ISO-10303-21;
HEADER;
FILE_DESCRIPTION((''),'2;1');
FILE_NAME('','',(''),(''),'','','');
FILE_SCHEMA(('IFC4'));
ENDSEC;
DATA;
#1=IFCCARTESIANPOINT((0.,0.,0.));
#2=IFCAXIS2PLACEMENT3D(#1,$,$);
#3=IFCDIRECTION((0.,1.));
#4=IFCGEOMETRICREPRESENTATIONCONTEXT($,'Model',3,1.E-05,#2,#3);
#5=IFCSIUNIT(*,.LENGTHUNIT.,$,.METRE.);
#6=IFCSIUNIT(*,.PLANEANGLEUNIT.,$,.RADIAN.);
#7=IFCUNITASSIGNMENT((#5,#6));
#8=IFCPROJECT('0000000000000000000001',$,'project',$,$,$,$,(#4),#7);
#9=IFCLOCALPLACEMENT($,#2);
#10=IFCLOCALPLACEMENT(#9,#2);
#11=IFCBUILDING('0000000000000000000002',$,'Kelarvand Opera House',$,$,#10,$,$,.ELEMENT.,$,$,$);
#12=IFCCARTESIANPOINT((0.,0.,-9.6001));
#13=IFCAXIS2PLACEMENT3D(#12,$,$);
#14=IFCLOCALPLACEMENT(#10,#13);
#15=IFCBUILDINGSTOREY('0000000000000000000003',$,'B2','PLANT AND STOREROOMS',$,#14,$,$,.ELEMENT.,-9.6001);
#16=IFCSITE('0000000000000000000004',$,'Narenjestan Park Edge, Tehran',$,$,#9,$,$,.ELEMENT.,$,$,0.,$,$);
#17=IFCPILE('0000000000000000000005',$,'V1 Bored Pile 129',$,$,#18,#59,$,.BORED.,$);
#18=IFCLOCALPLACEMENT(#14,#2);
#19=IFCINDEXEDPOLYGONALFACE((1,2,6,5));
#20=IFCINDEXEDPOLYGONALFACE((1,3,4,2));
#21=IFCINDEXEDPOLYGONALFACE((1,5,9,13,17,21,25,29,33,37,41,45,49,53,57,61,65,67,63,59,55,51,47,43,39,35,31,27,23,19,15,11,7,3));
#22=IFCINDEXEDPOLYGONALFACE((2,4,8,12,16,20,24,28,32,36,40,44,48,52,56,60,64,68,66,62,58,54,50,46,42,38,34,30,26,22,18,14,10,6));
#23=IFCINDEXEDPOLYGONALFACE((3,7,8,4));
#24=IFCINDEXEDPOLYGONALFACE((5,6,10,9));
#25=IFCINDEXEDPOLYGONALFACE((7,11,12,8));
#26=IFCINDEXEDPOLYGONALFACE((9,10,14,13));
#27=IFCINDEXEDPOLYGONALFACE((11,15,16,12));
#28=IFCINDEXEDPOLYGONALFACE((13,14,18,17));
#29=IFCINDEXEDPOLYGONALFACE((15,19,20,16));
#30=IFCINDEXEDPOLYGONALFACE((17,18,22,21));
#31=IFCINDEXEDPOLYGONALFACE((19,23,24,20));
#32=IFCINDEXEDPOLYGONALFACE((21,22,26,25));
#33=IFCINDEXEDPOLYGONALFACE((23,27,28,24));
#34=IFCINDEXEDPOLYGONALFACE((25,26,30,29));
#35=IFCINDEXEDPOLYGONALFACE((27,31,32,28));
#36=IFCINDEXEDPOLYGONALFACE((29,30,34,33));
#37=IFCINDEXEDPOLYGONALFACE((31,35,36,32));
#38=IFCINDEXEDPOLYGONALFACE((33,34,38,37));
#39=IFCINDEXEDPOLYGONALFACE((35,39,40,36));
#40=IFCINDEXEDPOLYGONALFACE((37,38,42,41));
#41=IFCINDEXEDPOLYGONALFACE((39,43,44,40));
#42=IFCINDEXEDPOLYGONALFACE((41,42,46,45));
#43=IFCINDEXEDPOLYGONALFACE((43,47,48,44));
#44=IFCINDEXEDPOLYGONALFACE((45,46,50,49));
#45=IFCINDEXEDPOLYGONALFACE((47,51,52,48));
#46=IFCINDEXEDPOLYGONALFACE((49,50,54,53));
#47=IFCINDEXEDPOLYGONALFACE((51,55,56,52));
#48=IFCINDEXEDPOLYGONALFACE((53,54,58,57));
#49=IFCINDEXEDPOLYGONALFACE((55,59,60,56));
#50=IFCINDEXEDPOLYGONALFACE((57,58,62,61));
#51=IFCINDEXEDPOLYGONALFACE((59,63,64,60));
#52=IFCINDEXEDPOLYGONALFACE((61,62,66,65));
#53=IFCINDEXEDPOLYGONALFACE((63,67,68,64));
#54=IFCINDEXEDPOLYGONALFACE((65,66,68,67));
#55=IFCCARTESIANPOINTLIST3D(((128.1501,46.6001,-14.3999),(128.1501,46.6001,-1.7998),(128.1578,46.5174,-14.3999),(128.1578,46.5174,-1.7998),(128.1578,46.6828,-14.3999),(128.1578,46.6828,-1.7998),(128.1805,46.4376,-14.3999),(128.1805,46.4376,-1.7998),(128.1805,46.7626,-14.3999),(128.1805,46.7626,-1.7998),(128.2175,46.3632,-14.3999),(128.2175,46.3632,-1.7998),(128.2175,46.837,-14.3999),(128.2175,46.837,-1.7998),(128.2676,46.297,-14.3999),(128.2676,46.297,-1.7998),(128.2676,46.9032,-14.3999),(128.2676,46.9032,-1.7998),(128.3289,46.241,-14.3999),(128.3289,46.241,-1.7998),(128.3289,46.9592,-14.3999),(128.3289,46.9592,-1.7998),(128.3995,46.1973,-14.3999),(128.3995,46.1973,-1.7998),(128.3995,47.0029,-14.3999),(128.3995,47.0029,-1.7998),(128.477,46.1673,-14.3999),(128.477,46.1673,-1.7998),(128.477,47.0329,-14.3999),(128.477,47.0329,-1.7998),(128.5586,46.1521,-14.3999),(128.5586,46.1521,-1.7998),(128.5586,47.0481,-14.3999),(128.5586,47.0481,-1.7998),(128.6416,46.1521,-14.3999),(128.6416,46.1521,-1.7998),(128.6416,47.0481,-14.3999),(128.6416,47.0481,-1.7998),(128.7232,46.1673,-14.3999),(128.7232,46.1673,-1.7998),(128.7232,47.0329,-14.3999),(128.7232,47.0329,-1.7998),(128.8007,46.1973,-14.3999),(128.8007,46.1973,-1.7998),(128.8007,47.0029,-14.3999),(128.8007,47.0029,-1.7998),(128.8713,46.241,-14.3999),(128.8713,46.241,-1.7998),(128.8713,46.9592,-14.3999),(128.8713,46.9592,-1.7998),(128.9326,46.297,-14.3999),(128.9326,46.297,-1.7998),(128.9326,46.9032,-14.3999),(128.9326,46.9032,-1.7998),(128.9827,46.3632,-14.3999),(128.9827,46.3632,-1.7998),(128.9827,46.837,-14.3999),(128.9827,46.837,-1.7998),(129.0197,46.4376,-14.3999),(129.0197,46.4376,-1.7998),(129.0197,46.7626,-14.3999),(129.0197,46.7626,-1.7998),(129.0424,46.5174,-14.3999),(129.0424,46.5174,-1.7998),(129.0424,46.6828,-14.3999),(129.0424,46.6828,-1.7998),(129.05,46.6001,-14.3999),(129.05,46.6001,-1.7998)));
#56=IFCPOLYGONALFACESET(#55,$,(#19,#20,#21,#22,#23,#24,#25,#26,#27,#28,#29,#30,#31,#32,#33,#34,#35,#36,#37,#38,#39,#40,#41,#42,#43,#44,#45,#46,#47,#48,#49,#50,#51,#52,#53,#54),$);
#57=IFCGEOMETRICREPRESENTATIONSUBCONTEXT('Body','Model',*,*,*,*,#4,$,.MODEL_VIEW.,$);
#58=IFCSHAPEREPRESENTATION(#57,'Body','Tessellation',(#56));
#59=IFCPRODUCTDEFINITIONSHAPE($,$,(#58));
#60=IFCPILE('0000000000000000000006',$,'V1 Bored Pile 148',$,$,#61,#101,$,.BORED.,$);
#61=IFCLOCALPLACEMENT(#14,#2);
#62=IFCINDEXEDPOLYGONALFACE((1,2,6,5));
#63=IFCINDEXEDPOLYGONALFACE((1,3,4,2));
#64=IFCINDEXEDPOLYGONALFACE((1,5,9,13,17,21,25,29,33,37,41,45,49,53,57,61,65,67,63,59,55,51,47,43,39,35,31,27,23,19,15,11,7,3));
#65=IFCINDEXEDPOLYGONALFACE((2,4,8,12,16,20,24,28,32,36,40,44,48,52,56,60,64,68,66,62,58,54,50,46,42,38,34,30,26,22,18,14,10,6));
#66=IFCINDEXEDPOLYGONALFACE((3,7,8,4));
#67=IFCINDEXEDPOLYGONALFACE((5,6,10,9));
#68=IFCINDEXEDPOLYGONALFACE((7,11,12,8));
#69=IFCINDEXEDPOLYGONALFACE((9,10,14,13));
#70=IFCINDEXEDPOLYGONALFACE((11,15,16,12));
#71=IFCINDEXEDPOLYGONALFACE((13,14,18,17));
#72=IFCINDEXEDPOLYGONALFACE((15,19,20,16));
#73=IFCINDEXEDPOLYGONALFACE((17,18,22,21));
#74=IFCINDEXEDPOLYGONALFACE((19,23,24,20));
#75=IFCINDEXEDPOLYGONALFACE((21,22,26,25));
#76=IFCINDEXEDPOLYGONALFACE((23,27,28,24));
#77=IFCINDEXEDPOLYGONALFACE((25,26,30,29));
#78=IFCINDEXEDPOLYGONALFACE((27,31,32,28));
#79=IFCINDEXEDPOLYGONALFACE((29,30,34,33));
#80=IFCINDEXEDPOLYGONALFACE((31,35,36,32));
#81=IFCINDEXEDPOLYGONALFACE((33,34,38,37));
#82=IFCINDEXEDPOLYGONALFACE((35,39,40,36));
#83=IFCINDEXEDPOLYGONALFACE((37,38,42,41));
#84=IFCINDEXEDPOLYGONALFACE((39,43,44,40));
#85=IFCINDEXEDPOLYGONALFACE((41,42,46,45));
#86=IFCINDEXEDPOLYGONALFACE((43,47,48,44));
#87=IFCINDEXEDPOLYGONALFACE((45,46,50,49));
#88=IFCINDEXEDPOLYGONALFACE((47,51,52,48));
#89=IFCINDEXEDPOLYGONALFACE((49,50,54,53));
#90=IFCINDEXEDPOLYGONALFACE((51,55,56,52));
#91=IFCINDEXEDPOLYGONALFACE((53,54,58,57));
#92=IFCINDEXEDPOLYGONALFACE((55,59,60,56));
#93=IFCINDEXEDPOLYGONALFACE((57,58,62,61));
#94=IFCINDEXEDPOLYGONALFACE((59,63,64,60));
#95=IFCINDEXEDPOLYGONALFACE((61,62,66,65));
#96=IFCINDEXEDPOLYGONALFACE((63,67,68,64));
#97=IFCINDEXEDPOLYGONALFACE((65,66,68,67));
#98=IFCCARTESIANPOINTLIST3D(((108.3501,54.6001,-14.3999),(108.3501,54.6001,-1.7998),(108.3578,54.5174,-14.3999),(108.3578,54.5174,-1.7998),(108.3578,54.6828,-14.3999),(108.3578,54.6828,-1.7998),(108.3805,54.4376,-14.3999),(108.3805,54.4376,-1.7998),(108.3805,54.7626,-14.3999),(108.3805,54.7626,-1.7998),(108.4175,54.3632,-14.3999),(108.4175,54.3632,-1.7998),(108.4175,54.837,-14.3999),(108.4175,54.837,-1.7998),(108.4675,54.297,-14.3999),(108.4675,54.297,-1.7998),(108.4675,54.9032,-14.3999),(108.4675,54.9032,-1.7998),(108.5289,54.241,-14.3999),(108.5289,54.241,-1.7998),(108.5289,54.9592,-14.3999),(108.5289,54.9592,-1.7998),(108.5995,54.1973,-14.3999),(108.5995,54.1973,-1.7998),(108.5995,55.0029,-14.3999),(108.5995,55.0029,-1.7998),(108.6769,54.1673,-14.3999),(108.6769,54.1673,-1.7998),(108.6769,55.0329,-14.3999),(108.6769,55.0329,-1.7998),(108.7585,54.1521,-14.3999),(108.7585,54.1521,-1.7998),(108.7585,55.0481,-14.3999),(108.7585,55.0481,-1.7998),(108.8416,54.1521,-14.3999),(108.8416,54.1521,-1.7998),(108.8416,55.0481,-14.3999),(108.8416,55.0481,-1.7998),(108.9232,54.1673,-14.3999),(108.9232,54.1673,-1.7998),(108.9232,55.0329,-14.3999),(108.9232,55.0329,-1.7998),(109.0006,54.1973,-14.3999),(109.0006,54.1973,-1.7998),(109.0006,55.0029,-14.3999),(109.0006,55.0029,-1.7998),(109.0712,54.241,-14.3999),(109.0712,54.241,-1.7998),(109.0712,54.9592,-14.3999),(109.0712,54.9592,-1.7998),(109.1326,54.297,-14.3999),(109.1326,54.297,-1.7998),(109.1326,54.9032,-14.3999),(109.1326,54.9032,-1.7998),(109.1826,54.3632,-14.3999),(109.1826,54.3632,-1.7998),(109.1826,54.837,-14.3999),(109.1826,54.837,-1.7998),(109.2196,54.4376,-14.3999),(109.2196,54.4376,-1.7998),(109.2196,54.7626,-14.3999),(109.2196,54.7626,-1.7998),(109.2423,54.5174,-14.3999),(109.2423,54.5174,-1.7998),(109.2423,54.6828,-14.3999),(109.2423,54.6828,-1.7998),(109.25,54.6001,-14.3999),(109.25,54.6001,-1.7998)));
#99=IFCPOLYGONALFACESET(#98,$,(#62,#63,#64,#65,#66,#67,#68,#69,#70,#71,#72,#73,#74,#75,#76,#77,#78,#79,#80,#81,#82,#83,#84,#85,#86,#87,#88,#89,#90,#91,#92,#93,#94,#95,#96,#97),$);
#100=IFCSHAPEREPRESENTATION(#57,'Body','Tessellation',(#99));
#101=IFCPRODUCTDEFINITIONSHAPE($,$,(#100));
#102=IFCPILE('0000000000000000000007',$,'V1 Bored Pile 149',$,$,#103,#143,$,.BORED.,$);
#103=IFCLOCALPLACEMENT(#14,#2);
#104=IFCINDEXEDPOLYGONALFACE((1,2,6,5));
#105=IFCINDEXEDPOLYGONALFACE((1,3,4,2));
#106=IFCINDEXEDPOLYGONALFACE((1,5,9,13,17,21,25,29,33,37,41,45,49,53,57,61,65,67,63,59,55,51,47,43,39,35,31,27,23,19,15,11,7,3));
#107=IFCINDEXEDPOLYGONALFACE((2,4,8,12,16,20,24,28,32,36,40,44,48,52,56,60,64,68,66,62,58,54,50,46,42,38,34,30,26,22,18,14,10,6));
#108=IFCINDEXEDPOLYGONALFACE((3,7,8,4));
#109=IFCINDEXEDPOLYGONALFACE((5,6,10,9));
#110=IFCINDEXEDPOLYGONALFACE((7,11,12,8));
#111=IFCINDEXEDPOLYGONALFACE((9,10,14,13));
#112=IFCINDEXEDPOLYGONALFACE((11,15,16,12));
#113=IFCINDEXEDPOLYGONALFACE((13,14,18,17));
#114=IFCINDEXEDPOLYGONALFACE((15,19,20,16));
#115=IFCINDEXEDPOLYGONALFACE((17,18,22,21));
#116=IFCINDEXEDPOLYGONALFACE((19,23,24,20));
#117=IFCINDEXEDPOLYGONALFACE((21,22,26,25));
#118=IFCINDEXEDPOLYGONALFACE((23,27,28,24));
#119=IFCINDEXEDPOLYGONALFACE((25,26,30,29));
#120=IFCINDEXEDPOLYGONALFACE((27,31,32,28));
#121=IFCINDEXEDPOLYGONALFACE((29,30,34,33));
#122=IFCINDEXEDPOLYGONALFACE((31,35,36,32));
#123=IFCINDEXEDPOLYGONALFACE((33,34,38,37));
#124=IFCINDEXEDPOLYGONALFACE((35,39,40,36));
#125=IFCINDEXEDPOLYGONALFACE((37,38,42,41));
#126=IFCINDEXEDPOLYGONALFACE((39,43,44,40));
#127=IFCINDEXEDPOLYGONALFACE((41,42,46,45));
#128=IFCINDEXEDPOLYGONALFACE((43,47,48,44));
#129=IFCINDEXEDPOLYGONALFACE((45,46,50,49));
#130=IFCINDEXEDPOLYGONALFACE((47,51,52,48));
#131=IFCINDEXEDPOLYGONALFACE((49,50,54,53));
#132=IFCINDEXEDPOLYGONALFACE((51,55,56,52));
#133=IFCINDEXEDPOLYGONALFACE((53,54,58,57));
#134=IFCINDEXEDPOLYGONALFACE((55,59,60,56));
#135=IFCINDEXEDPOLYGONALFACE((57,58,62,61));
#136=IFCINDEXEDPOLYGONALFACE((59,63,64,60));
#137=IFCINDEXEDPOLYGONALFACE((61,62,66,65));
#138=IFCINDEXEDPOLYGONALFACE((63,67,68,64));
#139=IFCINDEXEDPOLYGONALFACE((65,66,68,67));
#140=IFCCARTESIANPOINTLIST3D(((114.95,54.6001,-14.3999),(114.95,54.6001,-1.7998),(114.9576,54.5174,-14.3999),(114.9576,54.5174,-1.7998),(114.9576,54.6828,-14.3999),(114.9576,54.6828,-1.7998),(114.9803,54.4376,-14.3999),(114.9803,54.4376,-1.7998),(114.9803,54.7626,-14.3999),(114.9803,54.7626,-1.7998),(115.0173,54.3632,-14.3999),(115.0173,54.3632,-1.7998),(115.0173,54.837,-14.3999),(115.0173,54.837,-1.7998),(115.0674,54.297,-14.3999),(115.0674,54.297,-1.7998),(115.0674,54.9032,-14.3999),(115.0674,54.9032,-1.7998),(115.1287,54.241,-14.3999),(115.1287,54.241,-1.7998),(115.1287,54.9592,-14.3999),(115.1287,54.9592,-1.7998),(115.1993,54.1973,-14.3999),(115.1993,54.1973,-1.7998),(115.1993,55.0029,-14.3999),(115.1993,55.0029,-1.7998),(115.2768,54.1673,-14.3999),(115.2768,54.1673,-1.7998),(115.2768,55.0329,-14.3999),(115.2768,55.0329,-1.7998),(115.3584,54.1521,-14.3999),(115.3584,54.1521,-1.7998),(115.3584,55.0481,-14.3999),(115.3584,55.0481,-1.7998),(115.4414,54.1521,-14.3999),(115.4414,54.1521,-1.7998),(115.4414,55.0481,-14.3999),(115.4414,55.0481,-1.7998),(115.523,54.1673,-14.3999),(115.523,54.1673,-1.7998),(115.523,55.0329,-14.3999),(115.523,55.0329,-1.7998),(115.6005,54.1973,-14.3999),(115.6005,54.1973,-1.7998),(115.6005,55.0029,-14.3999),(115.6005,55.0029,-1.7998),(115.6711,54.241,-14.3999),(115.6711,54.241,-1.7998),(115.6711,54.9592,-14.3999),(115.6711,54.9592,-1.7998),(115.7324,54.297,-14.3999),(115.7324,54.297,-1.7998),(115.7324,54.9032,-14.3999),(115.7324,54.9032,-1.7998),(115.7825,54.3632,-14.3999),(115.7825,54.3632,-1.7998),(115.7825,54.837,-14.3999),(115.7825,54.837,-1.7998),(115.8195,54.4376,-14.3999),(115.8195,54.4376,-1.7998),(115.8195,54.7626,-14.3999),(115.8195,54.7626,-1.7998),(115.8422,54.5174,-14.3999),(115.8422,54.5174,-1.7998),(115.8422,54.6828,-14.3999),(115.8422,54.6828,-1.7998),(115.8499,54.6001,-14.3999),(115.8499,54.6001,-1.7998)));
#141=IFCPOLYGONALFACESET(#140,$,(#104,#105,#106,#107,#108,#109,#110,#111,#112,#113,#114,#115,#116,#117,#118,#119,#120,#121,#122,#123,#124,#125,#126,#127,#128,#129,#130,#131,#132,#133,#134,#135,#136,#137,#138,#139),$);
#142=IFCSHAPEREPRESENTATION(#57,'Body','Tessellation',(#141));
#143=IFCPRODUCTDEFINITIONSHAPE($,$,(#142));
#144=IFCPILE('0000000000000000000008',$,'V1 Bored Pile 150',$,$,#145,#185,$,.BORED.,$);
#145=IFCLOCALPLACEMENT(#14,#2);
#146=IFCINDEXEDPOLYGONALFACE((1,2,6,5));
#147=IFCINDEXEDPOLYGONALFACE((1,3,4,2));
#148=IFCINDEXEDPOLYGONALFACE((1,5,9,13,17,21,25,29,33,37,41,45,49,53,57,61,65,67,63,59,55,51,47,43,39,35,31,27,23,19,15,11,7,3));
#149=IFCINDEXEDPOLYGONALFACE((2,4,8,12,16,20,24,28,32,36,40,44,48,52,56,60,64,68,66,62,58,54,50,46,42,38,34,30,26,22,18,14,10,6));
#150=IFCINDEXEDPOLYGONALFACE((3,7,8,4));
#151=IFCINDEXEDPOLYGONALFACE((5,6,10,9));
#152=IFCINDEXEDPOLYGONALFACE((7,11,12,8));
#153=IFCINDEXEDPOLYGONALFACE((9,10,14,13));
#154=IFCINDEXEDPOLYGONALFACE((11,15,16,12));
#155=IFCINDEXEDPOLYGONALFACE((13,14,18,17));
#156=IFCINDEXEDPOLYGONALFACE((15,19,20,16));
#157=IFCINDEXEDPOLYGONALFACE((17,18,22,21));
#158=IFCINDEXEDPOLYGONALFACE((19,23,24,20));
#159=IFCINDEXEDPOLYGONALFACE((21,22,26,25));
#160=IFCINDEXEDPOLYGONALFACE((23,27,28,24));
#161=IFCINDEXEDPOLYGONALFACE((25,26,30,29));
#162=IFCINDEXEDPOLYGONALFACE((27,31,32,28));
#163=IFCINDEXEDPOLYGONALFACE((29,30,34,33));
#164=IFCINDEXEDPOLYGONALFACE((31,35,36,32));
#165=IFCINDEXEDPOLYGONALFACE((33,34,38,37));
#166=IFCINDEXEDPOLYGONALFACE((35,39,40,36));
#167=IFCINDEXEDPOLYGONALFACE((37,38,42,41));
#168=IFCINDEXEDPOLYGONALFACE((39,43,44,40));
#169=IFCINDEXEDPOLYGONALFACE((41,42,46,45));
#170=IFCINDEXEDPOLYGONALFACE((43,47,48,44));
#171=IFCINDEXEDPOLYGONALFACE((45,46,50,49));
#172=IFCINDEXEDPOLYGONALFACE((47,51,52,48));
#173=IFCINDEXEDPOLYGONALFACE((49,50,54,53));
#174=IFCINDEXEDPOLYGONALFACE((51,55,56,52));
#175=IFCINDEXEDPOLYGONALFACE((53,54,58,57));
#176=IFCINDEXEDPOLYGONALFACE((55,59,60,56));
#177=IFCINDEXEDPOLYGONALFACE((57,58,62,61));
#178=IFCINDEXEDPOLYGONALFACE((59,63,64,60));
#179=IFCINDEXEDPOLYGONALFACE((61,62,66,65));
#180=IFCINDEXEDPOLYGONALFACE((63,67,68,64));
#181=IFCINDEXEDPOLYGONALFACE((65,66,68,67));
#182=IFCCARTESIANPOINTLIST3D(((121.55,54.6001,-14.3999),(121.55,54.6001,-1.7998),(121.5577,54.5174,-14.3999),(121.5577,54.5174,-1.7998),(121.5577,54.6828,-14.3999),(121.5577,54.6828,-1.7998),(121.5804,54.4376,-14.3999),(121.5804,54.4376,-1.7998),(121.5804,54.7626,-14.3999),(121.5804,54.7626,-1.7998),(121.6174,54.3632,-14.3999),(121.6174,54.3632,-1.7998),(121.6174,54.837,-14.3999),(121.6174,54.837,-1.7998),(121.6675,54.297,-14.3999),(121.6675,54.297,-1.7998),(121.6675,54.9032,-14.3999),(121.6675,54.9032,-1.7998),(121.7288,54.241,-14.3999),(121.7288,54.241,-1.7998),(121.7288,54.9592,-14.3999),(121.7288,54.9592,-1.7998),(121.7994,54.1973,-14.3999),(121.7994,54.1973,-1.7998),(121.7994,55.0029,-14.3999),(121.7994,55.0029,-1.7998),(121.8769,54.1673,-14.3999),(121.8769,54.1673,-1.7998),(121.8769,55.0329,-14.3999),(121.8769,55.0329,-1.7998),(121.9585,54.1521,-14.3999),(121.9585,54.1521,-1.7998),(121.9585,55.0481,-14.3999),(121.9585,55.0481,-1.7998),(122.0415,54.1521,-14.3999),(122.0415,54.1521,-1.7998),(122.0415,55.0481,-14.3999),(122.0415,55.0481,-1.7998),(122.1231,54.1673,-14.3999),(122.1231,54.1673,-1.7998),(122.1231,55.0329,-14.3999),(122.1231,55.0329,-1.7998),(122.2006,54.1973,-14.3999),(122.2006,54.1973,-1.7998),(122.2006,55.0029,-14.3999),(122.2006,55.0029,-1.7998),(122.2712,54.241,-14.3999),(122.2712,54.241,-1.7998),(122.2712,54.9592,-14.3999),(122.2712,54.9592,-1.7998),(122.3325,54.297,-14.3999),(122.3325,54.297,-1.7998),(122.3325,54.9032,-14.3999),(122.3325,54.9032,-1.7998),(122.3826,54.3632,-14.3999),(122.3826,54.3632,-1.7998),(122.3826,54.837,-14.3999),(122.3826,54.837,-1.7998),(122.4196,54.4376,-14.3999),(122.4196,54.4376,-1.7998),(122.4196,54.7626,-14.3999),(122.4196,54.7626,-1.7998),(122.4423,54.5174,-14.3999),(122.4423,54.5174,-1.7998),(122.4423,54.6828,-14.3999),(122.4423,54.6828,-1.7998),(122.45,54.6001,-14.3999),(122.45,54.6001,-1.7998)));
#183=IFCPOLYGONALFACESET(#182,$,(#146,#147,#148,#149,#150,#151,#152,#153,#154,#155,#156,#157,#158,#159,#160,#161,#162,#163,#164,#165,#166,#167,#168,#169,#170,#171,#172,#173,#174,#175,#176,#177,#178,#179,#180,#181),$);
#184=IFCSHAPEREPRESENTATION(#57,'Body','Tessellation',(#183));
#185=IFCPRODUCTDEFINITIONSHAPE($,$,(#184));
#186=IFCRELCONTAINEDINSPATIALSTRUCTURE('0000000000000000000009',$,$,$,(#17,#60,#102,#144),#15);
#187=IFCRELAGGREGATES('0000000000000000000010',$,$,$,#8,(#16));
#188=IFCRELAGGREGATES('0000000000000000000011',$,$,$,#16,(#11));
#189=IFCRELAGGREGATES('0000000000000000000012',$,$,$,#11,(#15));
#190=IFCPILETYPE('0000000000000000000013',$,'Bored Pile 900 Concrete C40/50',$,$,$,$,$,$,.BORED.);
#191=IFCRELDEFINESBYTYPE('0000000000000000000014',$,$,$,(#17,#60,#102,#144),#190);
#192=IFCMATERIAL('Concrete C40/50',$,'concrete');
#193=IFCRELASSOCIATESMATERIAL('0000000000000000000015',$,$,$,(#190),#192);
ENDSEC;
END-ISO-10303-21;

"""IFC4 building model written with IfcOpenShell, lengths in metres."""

from ifc_helpers import new_model, si_unit, direction, frame, origin, origin_2d, place, context, subcontext, project, spatial, circle, extrude, material, material_profile, profile_set, type_object, element, save


model = new_model("IFC4")

# Units and contexts
model_context = context("Model", 3, precision=1e-05, world=origin(), true_north=direction((0.0, 1.0)))
body_context = subcontext(model_context, "Body", "Model", "MODEL_VIEW")
ifc_project = project(units=[si_unit("LENGTHUNIT", "METRE"), si_unit("PLANEANGLEUNIT", "RADIAN")], contexts=[model_context])

# Site, building, storey
site_placement = place(None, origin())
site = spatial("IfcSite", under=ifc_project, at=site_placement, Name="Narenjestan Park Edge, Tehran", CompositionType="ELEMENT", RefElevation=0.0)
building_placement = place(site_placement, origin())
building = spatial("IfcBuilding", under=site, at=building_placement, Name="Kelarvand Opera House", CompositionType="ELEMENT")
storey_placement = place(building_placement, frame((0.0, 0.0, -9.6001)))
storey = spatial("IfcBuildingStorey", under=building, at=storey_placement, Name="B2", Description="PLANT AND STOREROOMS", CompositionType="ELEMENT", Elevation=-9.6001)

# Piles
ifc_material_1 = material(Name="Concrete C40/50", Category="concrete")
ifc_material_profile_1 = material_profile(ifc_material_1, circle(Radius=0.45, at=origin_2d()), Name="BP 900", Category="concrete")
ifc_profile_set_1 = profile_set([ifc_material_profile_1], Name="Concrete C40/50")
pile_type = type_object("IfcPileType", Name="Bored Pile 900 Concrete C40/50", PredefinedType="BORED", material=ifc_profile_set_1)
for number, where, z_axis, x_axis, name in (
    (1, (128.6001, 46.6001, -1.7998), (0.0, 0.0, -1.0), (1.0, 0.0, 0.0), "V1 Bored Pile 129"),
    (2, (108.8, 54.6001, -1.7998), (0.0, 0.0, -1.0), (1.0, 0.0, 0.0), "V1 Bored Pile 148"),
    (3, (115.3999, 54.6001, -1.7998), (0.0, 0.0, -1.0), (1.0, 0.0, 0.0), "V1 Bored Pile 149"),
    (4, (122.0, 54.6001, -1.7998), (0.0, 0.0, -1.0), (1.0, 0.0, 0.0), "V1 Bored Pile 150"),
):
    element("IfcPile", number, at=place(storey_placement, frame(where, z_axis=z_axis, x_axis=x_axis)), inside=storey, type_object=pile_type, Name=name, PredefinedType="BORED", context=body_context, shape_type="SweptSolid", body=[
        extrude(circle(Radius=0.45, at=origin_2d()), origin(), (0.0, 0.0, 1.0), 12.6001),
    ])

save(model, "model.ifc")
